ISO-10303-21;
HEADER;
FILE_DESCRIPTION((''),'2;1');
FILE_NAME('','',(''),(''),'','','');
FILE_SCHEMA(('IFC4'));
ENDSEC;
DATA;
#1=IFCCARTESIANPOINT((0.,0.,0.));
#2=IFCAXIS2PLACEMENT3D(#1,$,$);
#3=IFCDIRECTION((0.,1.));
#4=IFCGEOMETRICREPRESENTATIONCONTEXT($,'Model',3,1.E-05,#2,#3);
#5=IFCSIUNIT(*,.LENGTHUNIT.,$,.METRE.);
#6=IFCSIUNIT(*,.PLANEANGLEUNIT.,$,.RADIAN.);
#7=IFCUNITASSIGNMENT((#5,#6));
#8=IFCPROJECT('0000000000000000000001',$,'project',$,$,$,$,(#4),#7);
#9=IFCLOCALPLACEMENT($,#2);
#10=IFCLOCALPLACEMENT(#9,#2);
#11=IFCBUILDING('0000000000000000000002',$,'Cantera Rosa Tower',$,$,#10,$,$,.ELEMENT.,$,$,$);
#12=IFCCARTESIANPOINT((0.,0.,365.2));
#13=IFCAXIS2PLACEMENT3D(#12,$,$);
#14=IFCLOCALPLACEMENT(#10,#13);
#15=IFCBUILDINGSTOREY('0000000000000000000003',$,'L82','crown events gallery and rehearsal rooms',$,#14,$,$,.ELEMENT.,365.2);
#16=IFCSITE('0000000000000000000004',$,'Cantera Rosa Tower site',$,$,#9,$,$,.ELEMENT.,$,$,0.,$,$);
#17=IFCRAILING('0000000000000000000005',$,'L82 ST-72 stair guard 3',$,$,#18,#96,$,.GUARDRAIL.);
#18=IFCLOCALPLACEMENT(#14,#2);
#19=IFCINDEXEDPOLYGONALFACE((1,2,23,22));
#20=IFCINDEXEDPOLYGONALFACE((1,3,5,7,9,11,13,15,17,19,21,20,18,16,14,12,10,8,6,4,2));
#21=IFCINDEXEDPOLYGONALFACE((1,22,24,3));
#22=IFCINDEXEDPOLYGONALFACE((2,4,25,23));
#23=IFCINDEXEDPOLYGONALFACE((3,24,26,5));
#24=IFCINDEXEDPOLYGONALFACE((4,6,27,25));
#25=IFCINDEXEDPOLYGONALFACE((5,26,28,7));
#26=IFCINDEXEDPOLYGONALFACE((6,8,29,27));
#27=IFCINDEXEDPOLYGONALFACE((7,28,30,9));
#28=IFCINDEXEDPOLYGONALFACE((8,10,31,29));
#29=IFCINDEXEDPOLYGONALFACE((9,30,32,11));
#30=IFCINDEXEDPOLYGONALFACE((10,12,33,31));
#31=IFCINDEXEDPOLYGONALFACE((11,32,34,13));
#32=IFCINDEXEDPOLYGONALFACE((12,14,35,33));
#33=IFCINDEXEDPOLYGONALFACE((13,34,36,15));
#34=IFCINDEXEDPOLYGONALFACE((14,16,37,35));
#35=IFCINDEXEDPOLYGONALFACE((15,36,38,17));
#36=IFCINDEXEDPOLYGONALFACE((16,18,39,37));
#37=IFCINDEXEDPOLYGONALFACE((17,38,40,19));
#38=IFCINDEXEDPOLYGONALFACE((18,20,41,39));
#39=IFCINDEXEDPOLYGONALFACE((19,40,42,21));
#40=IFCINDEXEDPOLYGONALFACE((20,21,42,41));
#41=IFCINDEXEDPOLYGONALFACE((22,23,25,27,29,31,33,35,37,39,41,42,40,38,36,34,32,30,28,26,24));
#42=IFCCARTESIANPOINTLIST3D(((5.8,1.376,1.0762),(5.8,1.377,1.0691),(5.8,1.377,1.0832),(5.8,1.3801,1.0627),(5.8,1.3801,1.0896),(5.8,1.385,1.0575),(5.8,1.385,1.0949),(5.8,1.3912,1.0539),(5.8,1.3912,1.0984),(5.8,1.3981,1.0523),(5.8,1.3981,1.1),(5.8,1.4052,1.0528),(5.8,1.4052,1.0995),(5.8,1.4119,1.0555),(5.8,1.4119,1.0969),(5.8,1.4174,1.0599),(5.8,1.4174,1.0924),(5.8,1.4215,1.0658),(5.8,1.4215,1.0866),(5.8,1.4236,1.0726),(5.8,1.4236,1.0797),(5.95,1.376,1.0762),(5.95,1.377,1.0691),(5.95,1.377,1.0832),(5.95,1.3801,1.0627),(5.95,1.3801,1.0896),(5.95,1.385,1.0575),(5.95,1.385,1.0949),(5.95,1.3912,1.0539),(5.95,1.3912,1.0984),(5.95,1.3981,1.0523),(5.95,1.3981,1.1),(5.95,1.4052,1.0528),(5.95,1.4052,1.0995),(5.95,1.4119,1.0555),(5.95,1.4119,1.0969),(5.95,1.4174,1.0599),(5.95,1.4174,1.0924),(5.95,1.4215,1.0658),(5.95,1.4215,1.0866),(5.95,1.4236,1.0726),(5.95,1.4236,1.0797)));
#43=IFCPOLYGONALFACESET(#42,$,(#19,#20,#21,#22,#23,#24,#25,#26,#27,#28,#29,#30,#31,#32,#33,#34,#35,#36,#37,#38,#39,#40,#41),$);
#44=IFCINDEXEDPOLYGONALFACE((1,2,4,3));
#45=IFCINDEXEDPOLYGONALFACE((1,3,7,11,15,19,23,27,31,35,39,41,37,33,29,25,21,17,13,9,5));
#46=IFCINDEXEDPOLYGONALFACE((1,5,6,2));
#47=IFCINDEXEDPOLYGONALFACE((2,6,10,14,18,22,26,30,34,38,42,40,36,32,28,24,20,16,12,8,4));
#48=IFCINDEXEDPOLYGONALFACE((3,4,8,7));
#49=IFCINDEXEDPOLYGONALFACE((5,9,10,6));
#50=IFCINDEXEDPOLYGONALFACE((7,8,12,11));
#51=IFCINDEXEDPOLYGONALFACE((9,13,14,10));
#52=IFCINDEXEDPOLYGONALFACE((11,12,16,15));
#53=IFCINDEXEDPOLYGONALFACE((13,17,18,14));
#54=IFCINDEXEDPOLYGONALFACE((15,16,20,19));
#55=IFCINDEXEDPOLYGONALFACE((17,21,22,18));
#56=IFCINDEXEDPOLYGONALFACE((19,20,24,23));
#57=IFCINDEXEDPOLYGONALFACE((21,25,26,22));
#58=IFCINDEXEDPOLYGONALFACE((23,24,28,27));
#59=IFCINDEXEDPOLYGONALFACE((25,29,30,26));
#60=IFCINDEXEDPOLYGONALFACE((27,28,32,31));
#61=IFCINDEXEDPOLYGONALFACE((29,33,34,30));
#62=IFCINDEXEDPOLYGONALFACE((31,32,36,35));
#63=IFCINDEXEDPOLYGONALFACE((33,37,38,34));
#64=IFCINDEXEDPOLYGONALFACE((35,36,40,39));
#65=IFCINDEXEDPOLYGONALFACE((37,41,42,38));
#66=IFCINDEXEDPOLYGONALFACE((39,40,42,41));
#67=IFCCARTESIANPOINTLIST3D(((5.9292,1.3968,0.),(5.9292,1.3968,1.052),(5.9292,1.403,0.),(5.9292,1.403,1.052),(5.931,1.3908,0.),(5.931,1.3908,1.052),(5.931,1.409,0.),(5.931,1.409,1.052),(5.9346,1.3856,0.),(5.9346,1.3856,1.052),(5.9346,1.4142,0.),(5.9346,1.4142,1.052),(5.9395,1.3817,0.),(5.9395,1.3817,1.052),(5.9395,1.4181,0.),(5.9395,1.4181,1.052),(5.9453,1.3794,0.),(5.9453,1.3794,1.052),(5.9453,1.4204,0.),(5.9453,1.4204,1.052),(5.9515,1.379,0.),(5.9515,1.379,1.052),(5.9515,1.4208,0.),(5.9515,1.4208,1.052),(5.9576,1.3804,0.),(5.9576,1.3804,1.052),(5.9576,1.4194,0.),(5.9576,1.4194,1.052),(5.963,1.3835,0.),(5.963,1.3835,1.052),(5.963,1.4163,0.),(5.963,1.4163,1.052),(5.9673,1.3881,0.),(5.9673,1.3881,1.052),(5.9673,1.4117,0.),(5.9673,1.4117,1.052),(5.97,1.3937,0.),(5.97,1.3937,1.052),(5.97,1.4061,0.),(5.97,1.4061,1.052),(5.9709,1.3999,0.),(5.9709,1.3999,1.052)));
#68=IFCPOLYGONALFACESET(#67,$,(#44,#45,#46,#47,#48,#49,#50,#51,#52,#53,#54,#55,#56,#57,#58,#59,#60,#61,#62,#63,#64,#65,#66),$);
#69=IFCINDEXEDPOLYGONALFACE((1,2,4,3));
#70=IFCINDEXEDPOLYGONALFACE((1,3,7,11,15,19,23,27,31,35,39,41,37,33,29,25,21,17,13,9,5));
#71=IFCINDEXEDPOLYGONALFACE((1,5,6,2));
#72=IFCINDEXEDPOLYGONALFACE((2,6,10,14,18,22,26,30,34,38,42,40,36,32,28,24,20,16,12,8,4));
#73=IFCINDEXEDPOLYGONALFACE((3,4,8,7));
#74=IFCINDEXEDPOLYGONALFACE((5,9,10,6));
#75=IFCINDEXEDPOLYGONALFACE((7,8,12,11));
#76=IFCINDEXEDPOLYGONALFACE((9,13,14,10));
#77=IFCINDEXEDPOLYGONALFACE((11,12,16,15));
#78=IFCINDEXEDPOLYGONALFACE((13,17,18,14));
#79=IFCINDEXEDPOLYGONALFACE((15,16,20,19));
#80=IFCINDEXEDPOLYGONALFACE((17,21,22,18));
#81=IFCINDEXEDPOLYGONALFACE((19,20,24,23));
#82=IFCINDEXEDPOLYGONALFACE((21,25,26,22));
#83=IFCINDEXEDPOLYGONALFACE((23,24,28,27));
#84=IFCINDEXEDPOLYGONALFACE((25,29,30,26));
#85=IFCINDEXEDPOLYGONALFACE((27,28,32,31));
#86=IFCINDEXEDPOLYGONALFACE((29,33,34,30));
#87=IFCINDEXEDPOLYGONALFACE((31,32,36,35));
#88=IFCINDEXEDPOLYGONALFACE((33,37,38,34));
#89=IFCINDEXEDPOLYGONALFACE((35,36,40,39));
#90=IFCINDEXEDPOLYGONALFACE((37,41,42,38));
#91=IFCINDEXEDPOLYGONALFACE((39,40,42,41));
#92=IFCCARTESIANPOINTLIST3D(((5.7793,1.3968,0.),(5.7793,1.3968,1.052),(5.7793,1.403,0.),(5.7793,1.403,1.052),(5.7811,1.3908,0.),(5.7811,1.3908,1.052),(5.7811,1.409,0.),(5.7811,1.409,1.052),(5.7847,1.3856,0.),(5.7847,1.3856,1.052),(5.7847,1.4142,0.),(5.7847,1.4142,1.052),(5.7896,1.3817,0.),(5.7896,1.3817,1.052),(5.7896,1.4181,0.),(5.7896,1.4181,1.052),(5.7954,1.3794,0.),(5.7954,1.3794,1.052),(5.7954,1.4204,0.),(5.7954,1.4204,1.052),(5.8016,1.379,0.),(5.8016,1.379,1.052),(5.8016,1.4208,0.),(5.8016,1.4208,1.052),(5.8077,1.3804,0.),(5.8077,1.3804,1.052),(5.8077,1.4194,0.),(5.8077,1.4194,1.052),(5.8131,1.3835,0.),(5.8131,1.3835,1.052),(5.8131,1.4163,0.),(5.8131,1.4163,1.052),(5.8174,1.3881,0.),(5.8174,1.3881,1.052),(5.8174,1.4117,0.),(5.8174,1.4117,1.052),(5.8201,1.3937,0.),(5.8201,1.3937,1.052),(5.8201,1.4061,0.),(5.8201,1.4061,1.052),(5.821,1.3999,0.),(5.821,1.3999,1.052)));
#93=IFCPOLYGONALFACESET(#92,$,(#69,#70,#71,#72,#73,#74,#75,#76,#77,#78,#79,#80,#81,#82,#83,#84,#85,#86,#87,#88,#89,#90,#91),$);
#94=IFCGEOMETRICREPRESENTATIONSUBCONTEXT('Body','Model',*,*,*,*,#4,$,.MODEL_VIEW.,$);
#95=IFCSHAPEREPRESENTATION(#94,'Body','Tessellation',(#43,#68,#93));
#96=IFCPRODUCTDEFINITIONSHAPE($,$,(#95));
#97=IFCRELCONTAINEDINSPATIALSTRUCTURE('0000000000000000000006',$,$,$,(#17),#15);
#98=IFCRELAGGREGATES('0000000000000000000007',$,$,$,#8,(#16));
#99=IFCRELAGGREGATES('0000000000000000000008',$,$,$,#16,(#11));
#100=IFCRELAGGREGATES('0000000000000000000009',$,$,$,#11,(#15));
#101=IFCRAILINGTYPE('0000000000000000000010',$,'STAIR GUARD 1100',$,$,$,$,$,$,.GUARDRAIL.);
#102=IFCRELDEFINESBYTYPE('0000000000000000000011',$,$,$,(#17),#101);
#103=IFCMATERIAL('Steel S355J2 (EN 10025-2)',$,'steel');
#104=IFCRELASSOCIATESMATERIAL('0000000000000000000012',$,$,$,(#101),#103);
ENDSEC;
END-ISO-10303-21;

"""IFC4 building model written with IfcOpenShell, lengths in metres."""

from ifc_helpers import new_model, si_unit, direction, frame, origin, origin_2d, place, context, subcontext, project, spatial, circle, extrude, material, type_object, element, save


model = new_model("IFC4")

# Units and contexts
model_context = context("Model", 3, precision=1e-05, world=origin(), true_north=direction((0.0, 1.0)))
body_context = subcontext(model_context, "Body", "Model", "MODEL_VIEW")
ifc_project = project(units=[si_unit("LENGTHUNIT", "METRE"), si_unit("PLANEANGLEUNIT", "RADIAN")], contexts=[model_context])

# Site, building, storey
site_placement = place(None, origin())
site = spatial("IfcSite", under=ifc_project, at=site_placement, Name="Cantera Rosa Tower site", CompositionType="ELEMENT", RefElevation=0.0)
building_placement = place(site_placement, origin())
building = spatial("IfcBuilding", under=site, at=building_placement, Name="Cantera Rosa Tower", CompositionType="ELEMENT")
storey_placement = place(building_placement, frame((0.0, 0.0, 365.2)))
storey = spatial("IfcBuildingStorey", under=building, at=storey_placement, Name="L82", Description="crown events gallery and rehearsal rooms", CompositionType="ELEMENT", Elevation=365.2)

# Railing
ifc_material_1 = material(Name="Steel S355J2 (EN 10025-2)", Category="steel")
railing_type_1 = type_object("IfcRailingType", Name="STAIR GUARD 1100", PredefinedType="GUARDRAIL", material=ifc_material_1)
railing_1_placement = place(storey_placement, frame((5.95, 1.3999, 0.0)))
element("IfcRailing", 1, at=railing_1_placement, inside=storey, type_object=railing_type_1, Name="L82 ST-72 stair guard 3", PredefinedType="GUARDRAIL", context=body_context, shape_type="SweptSolid", body=[
    extrude(circle(Radius=0.0239, at=origin_2d()), frame((0.0, 0.0, 1.0762), z_axis=(-1.0, 0.0, 0.0), x_axis=(0.0, -1.0, 0.0)), (0.0, 0.0, 1.0), 0.1499),
    extrude(circle(Radius=0.021, at=origin_2d()), origin(), (0.0, 0.0, 1.0), 1.052),
    extrude(circle(Radius=0.021, at=origin_2d()), frame((-0.1499, 0.0, 0.0)), (0.0, 0.0, 1.0), 1.052),
])

save(model, "model.ifc")
